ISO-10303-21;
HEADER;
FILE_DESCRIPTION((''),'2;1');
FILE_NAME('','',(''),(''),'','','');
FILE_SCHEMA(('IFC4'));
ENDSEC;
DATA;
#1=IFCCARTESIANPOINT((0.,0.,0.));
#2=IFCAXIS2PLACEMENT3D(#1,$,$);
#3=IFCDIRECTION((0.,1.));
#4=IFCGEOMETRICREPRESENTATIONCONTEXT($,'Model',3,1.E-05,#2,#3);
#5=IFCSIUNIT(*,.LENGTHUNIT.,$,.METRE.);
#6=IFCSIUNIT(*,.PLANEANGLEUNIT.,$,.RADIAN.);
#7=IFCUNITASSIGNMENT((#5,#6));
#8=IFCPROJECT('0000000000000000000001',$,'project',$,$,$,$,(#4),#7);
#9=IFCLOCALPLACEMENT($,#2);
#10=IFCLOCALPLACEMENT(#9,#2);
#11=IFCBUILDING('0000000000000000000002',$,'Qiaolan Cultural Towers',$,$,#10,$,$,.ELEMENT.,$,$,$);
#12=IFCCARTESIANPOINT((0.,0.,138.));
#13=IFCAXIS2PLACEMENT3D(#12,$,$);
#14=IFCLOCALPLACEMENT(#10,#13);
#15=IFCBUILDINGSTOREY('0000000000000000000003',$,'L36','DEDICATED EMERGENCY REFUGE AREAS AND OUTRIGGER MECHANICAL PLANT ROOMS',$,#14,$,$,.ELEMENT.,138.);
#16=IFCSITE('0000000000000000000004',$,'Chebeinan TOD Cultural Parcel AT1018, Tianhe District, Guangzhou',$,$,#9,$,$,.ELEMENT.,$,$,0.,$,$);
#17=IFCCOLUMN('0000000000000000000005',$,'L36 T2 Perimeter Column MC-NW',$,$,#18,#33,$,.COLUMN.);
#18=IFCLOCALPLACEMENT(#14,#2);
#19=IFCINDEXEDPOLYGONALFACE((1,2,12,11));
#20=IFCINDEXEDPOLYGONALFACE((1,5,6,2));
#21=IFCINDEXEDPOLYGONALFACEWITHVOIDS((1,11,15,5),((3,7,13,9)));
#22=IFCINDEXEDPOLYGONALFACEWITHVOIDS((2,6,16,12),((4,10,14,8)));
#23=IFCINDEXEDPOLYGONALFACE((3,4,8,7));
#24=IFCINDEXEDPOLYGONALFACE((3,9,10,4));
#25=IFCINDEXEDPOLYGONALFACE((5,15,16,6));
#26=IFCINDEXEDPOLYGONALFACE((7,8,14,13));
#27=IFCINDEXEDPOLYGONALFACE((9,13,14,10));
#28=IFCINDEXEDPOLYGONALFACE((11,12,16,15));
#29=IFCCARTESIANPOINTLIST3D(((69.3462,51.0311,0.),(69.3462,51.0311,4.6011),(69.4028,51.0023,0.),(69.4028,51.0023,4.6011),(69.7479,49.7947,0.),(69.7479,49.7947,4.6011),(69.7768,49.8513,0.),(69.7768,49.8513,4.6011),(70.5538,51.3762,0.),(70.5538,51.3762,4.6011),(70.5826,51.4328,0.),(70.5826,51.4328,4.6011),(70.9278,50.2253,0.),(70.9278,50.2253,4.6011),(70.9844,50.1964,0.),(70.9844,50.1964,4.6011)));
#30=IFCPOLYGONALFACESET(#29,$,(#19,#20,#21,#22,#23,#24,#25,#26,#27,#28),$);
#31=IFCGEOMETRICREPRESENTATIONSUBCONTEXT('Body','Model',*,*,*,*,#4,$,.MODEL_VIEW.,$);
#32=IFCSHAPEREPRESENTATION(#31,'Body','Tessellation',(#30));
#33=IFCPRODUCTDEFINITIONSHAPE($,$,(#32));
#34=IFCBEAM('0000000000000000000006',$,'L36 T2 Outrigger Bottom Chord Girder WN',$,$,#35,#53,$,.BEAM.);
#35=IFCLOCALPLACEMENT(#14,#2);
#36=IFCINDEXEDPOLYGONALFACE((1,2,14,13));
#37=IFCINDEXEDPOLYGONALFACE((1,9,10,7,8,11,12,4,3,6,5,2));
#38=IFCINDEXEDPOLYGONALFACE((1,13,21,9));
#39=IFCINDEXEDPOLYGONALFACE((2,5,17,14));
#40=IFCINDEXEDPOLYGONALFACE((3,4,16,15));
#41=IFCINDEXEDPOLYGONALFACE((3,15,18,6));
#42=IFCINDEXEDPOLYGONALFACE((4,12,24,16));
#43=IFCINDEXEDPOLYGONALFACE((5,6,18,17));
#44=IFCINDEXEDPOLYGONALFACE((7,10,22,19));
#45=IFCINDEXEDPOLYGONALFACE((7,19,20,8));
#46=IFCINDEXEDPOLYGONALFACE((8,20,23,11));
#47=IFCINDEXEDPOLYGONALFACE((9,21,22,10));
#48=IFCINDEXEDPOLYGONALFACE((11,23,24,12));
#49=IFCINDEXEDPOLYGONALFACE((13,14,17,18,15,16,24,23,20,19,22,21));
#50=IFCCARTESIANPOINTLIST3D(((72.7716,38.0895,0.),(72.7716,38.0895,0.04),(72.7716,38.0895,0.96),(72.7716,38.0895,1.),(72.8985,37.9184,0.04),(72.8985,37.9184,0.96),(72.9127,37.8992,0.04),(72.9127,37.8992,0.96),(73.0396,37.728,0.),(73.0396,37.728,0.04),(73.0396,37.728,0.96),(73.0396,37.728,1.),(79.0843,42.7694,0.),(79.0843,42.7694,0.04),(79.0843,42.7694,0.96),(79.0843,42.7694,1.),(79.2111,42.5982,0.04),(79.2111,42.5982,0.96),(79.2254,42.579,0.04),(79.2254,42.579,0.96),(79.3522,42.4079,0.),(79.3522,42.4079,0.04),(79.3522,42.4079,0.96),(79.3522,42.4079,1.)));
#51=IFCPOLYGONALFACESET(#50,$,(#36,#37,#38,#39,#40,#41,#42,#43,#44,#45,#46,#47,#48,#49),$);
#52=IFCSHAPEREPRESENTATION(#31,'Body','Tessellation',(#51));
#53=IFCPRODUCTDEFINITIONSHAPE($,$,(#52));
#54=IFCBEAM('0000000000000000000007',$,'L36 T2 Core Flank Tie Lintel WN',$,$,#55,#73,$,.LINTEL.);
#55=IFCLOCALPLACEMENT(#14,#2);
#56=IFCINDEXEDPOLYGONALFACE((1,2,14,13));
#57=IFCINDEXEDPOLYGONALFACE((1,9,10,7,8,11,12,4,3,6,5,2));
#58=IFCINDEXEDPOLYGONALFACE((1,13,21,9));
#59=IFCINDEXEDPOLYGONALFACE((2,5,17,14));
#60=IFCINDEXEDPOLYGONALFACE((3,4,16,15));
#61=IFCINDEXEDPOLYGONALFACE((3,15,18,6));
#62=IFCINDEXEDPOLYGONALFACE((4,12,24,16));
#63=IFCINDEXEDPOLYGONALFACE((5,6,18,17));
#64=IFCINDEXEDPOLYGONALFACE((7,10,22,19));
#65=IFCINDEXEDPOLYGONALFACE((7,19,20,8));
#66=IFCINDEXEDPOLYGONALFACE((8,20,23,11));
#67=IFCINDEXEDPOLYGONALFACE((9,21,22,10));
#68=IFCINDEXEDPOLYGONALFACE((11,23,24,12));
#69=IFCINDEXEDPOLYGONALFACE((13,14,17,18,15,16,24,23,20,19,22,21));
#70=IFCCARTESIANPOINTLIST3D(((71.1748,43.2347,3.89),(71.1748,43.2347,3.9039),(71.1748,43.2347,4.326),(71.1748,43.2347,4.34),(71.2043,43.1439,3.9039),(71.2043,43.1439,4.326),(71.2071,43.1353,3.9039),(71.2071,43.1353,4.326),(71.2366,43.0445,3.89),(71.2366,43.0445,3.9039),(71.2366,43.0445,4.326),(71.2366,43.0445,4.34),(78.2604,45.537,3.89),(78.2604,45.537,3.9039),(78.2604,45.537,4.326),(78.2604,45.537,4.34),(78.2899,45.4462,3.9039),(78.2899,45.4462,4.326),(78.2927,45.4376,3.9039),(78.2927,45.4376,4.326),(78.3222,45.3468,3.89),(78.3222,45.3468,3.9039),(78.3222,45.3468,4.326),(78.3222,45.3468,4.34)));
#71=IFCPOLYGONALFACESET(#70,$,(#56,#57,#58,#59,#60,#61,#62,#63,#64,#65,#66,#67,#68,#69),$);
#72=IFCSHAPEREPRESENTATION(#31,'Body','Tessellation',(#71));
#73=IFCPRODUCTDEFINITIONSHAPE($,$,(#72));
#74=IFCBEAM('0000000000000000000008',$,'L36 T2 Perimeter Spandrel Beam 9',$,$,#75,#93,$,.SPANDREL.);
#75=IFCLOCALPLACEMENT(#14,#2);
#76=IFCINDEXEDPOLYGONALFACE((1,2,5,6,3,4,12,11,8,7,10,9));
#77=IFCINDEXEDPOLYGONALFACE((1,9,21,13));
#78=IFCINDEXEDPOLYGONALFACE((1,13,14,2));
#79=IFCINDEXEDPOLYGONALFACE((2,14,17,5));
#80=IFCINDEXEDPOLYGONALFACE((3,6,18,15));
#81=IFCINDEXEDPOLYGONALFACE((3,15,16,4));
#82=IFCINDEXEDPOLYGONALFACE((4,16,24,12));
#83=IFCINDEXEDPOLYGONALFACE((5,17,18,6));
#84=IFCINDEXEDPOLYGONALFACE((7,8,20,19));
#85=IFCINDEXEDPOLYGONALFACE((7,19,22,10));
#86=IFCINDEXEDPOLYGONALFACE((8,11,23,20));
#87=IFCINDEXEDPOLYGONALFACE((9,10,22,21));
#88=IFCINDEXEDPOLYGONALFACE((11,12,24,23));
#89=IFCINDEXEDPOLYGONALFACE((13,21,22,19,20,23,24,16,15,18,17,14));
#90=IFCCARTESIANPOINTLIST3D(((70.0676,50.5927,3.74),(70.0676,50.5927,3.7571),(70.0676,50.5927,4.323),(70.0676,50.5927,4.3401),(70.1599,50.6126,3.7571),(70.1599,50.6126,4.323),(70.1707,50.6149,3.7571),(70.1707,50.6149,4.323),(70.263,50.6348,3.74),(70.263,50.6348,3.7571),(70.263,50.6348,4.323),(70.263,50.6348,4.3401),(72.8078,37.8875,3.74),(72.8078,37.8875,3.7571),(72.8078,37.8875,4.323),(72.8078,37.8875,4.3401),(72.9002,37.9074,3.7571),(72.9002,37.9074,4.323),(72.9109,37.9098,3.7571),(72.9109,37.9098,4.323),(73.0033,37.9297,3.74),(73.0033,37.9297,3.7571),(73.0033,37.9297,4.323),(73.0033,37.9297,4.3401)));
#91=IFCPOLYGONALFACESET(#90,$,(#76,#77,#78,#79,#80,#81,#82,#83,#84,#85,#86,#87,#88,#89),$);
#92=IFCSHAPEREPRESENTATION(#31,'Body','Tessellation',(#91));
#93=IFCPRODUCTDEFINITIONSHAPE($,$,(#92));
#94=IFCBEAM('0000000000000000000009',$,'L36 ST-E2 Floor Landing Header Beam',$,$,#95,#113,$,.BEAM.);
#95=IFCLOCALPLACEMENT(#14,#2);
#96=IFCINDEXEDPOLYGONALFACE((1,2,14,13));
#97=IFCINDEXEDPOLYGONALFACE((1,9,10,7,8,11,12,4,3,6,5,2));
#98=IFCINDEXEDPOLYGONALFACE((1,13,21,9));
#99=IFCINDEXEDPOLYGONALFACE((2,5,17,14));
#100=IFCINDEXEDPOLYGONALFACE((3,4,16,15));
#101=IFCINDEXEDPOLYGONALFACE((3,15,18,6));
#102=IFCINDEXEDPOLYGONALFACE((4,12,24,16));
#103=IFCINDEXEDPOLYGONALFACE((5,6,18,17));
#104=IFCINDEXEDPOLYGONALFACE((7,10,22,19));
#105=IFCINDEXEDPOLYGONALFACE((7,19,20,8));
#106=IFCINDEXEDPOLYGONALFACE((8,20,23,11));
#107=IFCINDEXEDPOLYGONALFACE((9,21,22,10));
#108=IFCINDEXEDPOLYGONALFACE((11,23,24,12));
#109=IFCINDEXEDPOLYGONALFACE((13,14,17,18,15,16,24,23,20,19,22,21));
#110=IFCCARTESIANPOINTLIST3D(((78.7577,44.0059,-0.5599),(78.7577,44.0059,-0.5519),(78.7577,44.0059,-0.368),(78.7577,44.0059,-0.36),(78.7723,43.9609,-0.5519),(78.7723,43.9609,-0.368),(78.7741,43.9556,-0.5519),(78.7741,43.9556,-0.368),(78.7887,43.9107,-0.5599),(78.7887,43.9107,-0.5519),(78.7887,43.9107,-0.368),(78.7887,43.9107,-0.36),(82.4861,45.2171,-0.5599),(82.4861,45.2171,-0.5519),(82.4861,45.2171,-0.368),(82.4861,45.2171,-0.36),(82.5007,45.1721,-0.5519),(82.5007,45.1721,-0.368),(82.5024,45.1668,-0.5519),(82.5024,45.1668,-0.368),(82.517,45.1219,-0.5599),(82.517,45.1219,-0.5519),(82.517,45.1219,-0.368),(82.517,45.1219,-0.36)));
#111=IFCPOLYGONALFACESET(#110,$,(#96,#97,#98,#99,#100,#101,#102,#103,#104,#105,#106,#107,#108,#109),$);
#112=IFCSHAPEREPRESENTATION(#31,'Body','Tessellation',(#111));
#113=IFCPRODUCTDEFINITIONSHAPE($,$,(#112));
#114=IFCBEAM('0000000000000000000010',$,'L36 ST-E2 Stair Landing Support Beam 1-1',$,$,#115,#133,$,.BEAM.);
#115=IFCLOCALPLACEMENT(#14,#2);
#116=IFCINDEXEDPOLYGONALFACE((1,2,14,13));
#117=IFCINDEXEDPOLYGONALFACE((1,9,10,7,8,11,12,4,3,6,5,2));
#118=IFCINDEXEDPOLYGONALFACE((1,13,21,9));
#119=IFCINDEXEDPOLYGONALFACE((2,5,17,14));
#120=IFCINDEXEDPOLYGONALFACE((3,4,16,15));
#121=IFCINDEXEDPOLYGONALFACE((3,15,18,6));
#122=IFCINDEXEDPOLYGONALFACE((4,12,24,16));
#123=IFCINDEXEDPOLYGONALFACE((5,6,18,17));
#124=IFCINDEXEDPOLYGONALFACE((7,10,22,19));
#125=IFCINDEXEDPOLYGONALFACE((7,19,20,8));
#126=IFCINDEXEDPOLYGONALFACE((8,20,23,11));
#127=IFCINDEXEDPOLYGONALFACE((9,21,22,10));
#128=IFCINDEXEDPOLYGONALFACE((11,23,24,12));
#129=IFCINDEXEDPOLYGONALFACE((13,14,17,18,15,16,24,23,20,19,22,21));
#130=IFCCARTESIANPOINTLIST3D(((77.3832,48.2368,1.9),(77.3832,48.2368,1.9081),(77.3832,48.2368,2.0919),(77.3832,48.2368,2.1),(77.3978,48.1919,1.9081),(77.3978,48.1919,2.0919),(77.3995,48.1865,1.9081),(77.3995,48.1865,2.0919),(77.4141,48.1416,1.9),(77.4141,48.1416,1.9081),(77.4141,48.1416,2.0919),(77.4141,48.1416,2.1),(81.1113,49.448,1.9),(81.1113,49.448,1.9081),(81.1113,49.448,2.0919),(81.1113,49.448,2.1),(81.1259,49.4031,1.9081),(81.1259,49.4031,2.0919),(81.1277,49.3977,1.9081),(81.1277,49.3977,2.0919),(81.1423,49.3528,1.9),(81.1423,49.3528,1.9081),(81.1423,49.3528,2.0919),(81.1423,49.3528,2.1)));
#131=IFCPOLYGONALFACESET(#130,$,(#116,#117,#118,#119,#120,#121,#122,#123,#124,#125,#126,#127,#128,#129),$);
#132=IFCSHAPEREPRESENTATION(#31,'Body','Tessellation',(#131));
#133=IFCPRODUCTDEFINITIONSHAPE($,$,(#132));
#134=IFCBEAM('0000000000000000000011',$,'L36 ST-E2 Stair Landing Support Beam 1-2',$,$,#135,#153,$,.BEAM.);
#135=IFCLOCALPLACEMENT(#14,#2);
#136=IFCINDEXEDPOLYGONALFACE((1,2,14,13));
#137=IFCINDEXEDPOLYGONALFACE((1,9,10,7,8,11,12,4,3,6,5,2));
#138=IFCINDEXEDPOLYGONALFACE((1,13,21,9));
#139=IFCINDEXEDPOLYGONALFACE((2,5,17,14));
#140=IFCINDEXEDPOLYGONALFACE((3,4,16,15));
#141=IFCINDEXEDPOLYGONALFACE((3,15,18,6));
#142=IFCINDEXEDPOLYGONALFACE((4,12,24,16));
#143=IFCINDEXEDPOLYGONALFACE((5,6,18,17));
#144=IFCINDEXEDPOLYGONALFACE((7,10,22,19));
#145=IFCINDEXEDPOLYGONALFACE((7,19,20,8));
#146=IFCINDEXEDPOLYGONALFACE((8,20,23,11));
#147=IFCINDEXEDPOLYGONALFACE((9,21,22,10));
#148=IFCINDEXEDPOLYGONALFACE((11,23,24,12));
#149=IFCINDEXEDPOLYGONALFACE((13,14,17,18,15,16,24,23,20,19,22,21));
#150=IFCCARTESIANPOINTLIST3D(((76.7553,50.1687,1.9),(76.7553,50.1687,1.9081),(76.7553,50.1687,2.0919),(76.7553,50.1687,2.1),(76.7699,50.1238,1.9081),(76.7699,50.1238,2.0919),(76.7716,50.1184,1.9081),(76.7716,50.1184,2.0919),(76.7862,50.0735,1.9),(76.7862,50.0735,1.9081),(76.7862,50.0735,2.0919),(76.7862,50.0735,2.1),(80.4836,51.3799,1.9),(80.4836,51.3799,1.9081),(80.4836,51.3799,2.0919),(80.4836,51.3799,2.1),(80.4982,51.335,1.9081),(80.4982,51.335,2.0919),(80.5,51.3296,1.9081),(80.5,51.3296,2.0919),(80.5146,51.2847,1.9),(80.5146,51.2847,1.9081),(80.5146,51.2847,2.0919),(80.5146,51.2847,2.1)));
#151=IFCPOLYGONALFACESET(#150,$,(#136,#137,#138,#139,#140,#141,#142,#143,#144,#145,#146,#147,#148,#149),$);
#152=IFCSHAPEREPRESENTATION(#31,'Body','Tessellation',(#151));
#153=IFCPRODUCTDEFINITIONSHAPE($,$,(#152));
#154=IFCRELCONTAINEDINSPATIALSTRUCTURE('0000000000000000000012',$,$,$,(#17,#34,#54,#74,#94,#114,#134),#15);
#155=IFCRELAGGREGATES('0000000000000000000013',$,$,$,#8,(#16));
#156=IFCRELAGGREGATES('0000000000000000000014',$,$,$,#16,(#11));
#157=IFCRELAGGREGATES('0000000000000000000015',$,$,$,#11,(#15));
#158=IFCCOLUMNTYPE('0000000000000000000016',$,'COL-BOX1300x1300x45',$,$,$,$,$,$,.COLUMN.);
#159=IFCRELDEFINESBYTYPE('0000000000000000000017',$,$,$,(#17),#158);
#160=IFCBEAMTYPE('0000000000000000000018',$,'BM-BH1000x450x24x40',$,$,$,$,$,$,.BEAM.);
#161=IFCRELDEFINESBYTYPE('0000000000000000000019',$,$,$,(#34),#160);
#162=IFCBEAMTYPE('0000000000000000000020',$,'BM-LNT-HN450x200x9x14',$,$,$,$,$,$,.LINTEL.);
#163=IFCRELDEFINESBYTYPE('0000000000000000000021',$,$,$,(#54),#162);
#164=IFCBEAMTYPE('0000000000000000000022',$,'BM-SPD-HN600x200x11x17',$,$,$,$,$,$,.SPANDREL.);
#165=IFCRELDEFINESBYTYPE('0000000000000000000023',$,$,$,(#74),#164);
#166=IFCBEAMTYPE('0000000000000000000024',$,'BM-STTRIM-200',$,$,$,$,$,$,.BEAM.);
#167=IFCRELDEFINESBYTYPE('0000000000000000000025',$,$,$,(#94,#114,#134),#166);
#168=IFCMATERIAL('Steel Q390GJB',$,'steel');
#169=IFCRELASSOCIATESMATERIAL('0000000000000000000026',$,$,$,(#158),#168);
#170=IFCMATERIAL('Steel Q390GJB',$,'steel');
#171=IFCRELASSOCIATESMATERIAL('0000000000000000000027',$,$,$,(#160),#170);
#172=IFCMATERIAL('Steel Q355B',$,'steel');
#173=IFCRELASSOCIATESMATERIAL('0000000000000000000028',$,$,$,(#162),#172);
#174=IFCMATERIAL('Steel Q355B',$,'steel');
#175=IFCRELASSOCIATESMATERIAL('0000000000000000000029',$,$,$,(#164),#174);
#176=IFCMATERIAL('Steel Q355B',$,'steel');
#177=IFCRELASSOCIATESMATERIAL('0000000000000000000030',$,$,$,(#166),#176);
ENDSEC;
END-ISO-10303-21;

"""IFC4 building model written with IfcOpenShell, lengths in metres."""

from ifc_helpers import new_model, si_unit, direction, frame, origin, origin_2d, place, context, subcontext, project, spatial, hollow_rectangle, i_section, extrude, material, material_profile, profile_set, type_object, element, save


model = new_model("IFC4")

# Units and contexts
model_context = context("Model", 3, precision=1e-05, world=origin(), true_north=direction((0.0, 1.0)))
body_context = subcontext(model_context, "Body", "Model", "MODEL_VIEW")
ifc_project = project(units=[si_unit("LENGTHUNIT", "METRE"), si_unit("PLANEANGLEUNIT", "RADIAN")], contexts=[model_context])

# Site, building, storey
site_placement = place(None, origin())
site = spatial("IfcSite", under=ifc_project, at=site_placement, Name="Chebeinan TOD Cultural Parcel AT1018, Tianhe District, Guangzhou", CompositionType="ELEMENT", RefElevation=0.0)
building_placement = place(site_placement, origin())
building = spatial("IfcBuilding", under=site, at=building_placement, Name="Qiaolan Cultural Towers", CompositionType="ELEMENT")
storey_placement = place(building_placement, frame((0.0, 0.0, 138.0)))
storey = spatial("IfcBuildingStorey", under=building, at=storey_placement, Name="L36", Description="DEDICATED EMERGENCY REFUGE AREAS AND OUTRIGGER MECHANICAL PLANT ROOMS", CompositionType="ELEMENT", Elevation=138.0)

# Column
ifc_material_1 = material(Name="Steel Q390GJB", Category="steel")
ifc_material_profile_1 = material_profile(ifc_material_1, hollow_rectangle(XDim=1.3, YDim=1.3, WallThickness=0.0449, at=origin_2d()), Name="BOX1300x1300x45")
ifc_profile_set_1 = profile_set([ifc_material_profile_1], Name="Steel Q390GJB")
column_type = type_object("IfcColumnType", Name="COL-BOX1300x1300x45", PredefinedType="COLUMN", material=ifc_profile_set_1)
column_placement = place(storey_placement, frame((70.1653, 50.6138, 0.0), z_axis=(0.0, 0.0, 1.0), x_axis=(0.951057, 0.309017, 0.0)))
element("IfcColumn", 1, at=column_placement, inside=storey, type_object=column_type, Name="L36 T2 Perimeter Column MC-NW", PredefinedType="COLUMN", context=body_context, shape_type="SweptSolid", body=[
    extrude(hollow_rectangle(XDim=1.3, YDim=1.3, WallThickness=0.0449, at=origin_2d()), origin(), (0.0, 0.0, 1.0), 4.6011),
])

# Beams
ifc_material_2 = material(Name="Steel Q390GJB", Category="steel")
ifc_material_profile_2 = material_profile(ifc_material_2, i_section(OverallWidth=0.45, OverallDepth=1.0, WebThickness=0.0239, FlangeThickness=0.04, at=origin_2d()), Name="BH1000x450x24x40")
ifc_profile_set_2 = profile_set([ifc_material_profile_2], Name="Steel Q390GJB")
beam_type_1 = type_object("IfcBeamType", Name="BM-BH1000x450x24x40", PredefinedType="BEAM", material=ifc_profile_set_2)
beam_1_placement = place(storey_placement, frame((79.2183, 42.5886, 0.5), z_axis=(-0.803324, -0.595542, 0.0), x_axis=(0.595542, -0.803324, 0.0)))
element("IfcBeam", 2, at=beam_1_placement, inside=storey, type_object=beam_type_1, Name="L36 T2 Outrigger Bottom Chord Girder WN", PredefinedType="BEAM", context=body_context, shape_type="SweptSolid", body=[
    extrude(i_section(OverallWidth=0.45, OverallDepth=1.0, WebThickness=0.0239, FlangeThickness=0.04, at=origin_2d()), origin(), (0.0, 0.0, 1.0), 7.8582),
])
ifc_material_3 = material(Name="Steel Q355B", Category="steel")
ifc_material_profile_3 = material_profile(ifc_material_3, i_section(OverallWidth=0.2, OverallDepth=0.45, WebThickness=0.009, FlangeThickness=0.0139, at=origin_2d()), Name="HN450x200x9x14")
ifc_profile_set_3 = profile_set([ifc_material_profile_3], Name="Steel Q355B")
beam_type_2 = type_object("IfcBeamType", Name="BM-LNT-HN450x200x9x14", PredefinedType="LINTEL", material=ifc_profile_set_3)
beam_2_placement = place(storey_placement, frame((78.2913, 45.4419, 4.115), z_axis=(-0.951055, -0.309022, 0.0), x_axis=(0.309022, -0.951055, 0.0)))
element("IfcBeam", 3, at=beam_2_placement, inside=storey, type_object=beam_type_2, Name="L36 T2 Core Flank Tie Lintel WN", PredefinedType="LINTEL", context=body_context, shape_type="SweptSolid", body=[
    extrude(i_section(OverallWidth=0.2, OverallDepth=0.45, WebThickness=0.009, FlangeThickness=0.0139, at=origin_2d()), origin(), (0.0, 0.0, 1.0), 7.4502),
])
ifc_material_4 = material(Name="Steel Q355B", Category="steel")
ifc_material_profile_4 = material_profile(ifc_material_4, i_section(OverallWidth=0.2, OverallDepth=0.6001, WebThickness=0.011, FlangeThickness=0.0171, at=origin_2d()), Name="HN600x200x11x17")
ifc_profile_set_4 = profile_set([ifc_material_profile_4], Name="Steel Q355B")
beam_type_3 = type_object("IfcBeamType", Name="BM-SPD-HN600x200x11x17", PredefinedType="SPANDREL", material=ifc_profile_set_4)
beam_3_placement = place(storey_placement, frame((70.1653, 50.6138, 4.04), z_axis=(0.210832, -0.977522, 0.0), x_axis=(0.977522, 0.210832, 0.0)))
element("IfcBeam", 4, at=beam_3_placement, inside=storey, type_object=beam_type_3, Name="L36 T2 Perimeter Spandrel Beam 9", PredefinedType="SPANDREL", context=body_context, shape_type="SweptSolid", body=[
    extrude(i_section(OverallWidth=0.2, OverallDepth=0.6001, WebThickness=0.011, FlangeThickness=0.0171, at=origin_2d()), origin(), (0.0, 0.0, 1.0), 12.9973),
])
ifc_material_5 = material(Name="Steel Q355B", Category="steel")
ifc_material_profile_5 = material_profile(ifc_material_5, i_section(OverallWidth=0.1001, OverallDepth=0.2, WebThickness=0.0056, FlangeThickness=0.0081, at=origin_2d()), Name="HN200x100x5.5x8")
ifc_profile_set_5 = profile_set([ifc_material_profile_5], Name="Steel Q355B")
beam_type_4 = type_object("IfcBeamType", Name="BM-STTRIM-200", PredefinedType="BEAM", material=ifc_profile_set_5)
beam_4_placement = place(storey_placement, frame((78.7732, 43.9583, -0.46), z_axis=(0.951072, 0.308969, 0.0), x_axis=(-0.308969, 0.951072, 0.0)))
element("IfcBeam", 5, at=beam_4_placement, inside=storey, type_object=beam_type_4, Name="L36 ST-E2 Floor Landing Header Beam", PredefinedType="BEAM", context=body_context, shape_type="SweptSolid", body=[
    extrude(i_section(OverallWidth=0.1001, OverallDepth=0.2, WebThickness=0.0056, FlangeThickness=0.0081, at=origin_2d()), origin(), (0.0, 0.0, 1.0), 3.9202),
])
beam_5_placement = place(storey_placement, frame((77.3987, 48.1892, 2.0), z_axis=(0.951066, 0.308987, 0.0), x_axis=(-0.308987, 0.951066, 0.0)))
element("IfcBeam", 6, at=beam_5_placement, inside=storey, type_object=beam_type_4, Name="L36 ST-E2 Stair Landing Support Beam 1-1", PredefinedType="BEAM", context=body_context, shape_type="SweptSolid", body=[
    extrude(i_section(OverallWidth=0.1001, OverallDepth=0.2, WebThickness=0.0056, FlangeThickness=0.0081, at=origin_2d()), origin(), (0.0, 0.0, 1.0), 3.9199),
])
beam_6_placement = place(storey_placement, frame((76.7708, 50.1211, 2.0), z_axis=(0.951072, 0.308969, 0.0), x_axis=(-0.308969, 0.951072, 0.0)))
element("IfcBeam", 7, at=beam_6_placement, inside=storey, type_object=beam_type_4, Name="L36 ST-E2 Stair Landing Support Beam 1-2", PredefinedType="BEAM", context=body_context, shape_type="SweptSolid", body=[
    extrude(i_section(OverallWidth=0.1001, OverallDepth=0.2, WebThickness=0.0056, FlangeThickness=0.0081, at=origin_2d()), origin(), (0.0, 0.0, 1.0), 3.9202),
])

save(model, "model.ifc")
